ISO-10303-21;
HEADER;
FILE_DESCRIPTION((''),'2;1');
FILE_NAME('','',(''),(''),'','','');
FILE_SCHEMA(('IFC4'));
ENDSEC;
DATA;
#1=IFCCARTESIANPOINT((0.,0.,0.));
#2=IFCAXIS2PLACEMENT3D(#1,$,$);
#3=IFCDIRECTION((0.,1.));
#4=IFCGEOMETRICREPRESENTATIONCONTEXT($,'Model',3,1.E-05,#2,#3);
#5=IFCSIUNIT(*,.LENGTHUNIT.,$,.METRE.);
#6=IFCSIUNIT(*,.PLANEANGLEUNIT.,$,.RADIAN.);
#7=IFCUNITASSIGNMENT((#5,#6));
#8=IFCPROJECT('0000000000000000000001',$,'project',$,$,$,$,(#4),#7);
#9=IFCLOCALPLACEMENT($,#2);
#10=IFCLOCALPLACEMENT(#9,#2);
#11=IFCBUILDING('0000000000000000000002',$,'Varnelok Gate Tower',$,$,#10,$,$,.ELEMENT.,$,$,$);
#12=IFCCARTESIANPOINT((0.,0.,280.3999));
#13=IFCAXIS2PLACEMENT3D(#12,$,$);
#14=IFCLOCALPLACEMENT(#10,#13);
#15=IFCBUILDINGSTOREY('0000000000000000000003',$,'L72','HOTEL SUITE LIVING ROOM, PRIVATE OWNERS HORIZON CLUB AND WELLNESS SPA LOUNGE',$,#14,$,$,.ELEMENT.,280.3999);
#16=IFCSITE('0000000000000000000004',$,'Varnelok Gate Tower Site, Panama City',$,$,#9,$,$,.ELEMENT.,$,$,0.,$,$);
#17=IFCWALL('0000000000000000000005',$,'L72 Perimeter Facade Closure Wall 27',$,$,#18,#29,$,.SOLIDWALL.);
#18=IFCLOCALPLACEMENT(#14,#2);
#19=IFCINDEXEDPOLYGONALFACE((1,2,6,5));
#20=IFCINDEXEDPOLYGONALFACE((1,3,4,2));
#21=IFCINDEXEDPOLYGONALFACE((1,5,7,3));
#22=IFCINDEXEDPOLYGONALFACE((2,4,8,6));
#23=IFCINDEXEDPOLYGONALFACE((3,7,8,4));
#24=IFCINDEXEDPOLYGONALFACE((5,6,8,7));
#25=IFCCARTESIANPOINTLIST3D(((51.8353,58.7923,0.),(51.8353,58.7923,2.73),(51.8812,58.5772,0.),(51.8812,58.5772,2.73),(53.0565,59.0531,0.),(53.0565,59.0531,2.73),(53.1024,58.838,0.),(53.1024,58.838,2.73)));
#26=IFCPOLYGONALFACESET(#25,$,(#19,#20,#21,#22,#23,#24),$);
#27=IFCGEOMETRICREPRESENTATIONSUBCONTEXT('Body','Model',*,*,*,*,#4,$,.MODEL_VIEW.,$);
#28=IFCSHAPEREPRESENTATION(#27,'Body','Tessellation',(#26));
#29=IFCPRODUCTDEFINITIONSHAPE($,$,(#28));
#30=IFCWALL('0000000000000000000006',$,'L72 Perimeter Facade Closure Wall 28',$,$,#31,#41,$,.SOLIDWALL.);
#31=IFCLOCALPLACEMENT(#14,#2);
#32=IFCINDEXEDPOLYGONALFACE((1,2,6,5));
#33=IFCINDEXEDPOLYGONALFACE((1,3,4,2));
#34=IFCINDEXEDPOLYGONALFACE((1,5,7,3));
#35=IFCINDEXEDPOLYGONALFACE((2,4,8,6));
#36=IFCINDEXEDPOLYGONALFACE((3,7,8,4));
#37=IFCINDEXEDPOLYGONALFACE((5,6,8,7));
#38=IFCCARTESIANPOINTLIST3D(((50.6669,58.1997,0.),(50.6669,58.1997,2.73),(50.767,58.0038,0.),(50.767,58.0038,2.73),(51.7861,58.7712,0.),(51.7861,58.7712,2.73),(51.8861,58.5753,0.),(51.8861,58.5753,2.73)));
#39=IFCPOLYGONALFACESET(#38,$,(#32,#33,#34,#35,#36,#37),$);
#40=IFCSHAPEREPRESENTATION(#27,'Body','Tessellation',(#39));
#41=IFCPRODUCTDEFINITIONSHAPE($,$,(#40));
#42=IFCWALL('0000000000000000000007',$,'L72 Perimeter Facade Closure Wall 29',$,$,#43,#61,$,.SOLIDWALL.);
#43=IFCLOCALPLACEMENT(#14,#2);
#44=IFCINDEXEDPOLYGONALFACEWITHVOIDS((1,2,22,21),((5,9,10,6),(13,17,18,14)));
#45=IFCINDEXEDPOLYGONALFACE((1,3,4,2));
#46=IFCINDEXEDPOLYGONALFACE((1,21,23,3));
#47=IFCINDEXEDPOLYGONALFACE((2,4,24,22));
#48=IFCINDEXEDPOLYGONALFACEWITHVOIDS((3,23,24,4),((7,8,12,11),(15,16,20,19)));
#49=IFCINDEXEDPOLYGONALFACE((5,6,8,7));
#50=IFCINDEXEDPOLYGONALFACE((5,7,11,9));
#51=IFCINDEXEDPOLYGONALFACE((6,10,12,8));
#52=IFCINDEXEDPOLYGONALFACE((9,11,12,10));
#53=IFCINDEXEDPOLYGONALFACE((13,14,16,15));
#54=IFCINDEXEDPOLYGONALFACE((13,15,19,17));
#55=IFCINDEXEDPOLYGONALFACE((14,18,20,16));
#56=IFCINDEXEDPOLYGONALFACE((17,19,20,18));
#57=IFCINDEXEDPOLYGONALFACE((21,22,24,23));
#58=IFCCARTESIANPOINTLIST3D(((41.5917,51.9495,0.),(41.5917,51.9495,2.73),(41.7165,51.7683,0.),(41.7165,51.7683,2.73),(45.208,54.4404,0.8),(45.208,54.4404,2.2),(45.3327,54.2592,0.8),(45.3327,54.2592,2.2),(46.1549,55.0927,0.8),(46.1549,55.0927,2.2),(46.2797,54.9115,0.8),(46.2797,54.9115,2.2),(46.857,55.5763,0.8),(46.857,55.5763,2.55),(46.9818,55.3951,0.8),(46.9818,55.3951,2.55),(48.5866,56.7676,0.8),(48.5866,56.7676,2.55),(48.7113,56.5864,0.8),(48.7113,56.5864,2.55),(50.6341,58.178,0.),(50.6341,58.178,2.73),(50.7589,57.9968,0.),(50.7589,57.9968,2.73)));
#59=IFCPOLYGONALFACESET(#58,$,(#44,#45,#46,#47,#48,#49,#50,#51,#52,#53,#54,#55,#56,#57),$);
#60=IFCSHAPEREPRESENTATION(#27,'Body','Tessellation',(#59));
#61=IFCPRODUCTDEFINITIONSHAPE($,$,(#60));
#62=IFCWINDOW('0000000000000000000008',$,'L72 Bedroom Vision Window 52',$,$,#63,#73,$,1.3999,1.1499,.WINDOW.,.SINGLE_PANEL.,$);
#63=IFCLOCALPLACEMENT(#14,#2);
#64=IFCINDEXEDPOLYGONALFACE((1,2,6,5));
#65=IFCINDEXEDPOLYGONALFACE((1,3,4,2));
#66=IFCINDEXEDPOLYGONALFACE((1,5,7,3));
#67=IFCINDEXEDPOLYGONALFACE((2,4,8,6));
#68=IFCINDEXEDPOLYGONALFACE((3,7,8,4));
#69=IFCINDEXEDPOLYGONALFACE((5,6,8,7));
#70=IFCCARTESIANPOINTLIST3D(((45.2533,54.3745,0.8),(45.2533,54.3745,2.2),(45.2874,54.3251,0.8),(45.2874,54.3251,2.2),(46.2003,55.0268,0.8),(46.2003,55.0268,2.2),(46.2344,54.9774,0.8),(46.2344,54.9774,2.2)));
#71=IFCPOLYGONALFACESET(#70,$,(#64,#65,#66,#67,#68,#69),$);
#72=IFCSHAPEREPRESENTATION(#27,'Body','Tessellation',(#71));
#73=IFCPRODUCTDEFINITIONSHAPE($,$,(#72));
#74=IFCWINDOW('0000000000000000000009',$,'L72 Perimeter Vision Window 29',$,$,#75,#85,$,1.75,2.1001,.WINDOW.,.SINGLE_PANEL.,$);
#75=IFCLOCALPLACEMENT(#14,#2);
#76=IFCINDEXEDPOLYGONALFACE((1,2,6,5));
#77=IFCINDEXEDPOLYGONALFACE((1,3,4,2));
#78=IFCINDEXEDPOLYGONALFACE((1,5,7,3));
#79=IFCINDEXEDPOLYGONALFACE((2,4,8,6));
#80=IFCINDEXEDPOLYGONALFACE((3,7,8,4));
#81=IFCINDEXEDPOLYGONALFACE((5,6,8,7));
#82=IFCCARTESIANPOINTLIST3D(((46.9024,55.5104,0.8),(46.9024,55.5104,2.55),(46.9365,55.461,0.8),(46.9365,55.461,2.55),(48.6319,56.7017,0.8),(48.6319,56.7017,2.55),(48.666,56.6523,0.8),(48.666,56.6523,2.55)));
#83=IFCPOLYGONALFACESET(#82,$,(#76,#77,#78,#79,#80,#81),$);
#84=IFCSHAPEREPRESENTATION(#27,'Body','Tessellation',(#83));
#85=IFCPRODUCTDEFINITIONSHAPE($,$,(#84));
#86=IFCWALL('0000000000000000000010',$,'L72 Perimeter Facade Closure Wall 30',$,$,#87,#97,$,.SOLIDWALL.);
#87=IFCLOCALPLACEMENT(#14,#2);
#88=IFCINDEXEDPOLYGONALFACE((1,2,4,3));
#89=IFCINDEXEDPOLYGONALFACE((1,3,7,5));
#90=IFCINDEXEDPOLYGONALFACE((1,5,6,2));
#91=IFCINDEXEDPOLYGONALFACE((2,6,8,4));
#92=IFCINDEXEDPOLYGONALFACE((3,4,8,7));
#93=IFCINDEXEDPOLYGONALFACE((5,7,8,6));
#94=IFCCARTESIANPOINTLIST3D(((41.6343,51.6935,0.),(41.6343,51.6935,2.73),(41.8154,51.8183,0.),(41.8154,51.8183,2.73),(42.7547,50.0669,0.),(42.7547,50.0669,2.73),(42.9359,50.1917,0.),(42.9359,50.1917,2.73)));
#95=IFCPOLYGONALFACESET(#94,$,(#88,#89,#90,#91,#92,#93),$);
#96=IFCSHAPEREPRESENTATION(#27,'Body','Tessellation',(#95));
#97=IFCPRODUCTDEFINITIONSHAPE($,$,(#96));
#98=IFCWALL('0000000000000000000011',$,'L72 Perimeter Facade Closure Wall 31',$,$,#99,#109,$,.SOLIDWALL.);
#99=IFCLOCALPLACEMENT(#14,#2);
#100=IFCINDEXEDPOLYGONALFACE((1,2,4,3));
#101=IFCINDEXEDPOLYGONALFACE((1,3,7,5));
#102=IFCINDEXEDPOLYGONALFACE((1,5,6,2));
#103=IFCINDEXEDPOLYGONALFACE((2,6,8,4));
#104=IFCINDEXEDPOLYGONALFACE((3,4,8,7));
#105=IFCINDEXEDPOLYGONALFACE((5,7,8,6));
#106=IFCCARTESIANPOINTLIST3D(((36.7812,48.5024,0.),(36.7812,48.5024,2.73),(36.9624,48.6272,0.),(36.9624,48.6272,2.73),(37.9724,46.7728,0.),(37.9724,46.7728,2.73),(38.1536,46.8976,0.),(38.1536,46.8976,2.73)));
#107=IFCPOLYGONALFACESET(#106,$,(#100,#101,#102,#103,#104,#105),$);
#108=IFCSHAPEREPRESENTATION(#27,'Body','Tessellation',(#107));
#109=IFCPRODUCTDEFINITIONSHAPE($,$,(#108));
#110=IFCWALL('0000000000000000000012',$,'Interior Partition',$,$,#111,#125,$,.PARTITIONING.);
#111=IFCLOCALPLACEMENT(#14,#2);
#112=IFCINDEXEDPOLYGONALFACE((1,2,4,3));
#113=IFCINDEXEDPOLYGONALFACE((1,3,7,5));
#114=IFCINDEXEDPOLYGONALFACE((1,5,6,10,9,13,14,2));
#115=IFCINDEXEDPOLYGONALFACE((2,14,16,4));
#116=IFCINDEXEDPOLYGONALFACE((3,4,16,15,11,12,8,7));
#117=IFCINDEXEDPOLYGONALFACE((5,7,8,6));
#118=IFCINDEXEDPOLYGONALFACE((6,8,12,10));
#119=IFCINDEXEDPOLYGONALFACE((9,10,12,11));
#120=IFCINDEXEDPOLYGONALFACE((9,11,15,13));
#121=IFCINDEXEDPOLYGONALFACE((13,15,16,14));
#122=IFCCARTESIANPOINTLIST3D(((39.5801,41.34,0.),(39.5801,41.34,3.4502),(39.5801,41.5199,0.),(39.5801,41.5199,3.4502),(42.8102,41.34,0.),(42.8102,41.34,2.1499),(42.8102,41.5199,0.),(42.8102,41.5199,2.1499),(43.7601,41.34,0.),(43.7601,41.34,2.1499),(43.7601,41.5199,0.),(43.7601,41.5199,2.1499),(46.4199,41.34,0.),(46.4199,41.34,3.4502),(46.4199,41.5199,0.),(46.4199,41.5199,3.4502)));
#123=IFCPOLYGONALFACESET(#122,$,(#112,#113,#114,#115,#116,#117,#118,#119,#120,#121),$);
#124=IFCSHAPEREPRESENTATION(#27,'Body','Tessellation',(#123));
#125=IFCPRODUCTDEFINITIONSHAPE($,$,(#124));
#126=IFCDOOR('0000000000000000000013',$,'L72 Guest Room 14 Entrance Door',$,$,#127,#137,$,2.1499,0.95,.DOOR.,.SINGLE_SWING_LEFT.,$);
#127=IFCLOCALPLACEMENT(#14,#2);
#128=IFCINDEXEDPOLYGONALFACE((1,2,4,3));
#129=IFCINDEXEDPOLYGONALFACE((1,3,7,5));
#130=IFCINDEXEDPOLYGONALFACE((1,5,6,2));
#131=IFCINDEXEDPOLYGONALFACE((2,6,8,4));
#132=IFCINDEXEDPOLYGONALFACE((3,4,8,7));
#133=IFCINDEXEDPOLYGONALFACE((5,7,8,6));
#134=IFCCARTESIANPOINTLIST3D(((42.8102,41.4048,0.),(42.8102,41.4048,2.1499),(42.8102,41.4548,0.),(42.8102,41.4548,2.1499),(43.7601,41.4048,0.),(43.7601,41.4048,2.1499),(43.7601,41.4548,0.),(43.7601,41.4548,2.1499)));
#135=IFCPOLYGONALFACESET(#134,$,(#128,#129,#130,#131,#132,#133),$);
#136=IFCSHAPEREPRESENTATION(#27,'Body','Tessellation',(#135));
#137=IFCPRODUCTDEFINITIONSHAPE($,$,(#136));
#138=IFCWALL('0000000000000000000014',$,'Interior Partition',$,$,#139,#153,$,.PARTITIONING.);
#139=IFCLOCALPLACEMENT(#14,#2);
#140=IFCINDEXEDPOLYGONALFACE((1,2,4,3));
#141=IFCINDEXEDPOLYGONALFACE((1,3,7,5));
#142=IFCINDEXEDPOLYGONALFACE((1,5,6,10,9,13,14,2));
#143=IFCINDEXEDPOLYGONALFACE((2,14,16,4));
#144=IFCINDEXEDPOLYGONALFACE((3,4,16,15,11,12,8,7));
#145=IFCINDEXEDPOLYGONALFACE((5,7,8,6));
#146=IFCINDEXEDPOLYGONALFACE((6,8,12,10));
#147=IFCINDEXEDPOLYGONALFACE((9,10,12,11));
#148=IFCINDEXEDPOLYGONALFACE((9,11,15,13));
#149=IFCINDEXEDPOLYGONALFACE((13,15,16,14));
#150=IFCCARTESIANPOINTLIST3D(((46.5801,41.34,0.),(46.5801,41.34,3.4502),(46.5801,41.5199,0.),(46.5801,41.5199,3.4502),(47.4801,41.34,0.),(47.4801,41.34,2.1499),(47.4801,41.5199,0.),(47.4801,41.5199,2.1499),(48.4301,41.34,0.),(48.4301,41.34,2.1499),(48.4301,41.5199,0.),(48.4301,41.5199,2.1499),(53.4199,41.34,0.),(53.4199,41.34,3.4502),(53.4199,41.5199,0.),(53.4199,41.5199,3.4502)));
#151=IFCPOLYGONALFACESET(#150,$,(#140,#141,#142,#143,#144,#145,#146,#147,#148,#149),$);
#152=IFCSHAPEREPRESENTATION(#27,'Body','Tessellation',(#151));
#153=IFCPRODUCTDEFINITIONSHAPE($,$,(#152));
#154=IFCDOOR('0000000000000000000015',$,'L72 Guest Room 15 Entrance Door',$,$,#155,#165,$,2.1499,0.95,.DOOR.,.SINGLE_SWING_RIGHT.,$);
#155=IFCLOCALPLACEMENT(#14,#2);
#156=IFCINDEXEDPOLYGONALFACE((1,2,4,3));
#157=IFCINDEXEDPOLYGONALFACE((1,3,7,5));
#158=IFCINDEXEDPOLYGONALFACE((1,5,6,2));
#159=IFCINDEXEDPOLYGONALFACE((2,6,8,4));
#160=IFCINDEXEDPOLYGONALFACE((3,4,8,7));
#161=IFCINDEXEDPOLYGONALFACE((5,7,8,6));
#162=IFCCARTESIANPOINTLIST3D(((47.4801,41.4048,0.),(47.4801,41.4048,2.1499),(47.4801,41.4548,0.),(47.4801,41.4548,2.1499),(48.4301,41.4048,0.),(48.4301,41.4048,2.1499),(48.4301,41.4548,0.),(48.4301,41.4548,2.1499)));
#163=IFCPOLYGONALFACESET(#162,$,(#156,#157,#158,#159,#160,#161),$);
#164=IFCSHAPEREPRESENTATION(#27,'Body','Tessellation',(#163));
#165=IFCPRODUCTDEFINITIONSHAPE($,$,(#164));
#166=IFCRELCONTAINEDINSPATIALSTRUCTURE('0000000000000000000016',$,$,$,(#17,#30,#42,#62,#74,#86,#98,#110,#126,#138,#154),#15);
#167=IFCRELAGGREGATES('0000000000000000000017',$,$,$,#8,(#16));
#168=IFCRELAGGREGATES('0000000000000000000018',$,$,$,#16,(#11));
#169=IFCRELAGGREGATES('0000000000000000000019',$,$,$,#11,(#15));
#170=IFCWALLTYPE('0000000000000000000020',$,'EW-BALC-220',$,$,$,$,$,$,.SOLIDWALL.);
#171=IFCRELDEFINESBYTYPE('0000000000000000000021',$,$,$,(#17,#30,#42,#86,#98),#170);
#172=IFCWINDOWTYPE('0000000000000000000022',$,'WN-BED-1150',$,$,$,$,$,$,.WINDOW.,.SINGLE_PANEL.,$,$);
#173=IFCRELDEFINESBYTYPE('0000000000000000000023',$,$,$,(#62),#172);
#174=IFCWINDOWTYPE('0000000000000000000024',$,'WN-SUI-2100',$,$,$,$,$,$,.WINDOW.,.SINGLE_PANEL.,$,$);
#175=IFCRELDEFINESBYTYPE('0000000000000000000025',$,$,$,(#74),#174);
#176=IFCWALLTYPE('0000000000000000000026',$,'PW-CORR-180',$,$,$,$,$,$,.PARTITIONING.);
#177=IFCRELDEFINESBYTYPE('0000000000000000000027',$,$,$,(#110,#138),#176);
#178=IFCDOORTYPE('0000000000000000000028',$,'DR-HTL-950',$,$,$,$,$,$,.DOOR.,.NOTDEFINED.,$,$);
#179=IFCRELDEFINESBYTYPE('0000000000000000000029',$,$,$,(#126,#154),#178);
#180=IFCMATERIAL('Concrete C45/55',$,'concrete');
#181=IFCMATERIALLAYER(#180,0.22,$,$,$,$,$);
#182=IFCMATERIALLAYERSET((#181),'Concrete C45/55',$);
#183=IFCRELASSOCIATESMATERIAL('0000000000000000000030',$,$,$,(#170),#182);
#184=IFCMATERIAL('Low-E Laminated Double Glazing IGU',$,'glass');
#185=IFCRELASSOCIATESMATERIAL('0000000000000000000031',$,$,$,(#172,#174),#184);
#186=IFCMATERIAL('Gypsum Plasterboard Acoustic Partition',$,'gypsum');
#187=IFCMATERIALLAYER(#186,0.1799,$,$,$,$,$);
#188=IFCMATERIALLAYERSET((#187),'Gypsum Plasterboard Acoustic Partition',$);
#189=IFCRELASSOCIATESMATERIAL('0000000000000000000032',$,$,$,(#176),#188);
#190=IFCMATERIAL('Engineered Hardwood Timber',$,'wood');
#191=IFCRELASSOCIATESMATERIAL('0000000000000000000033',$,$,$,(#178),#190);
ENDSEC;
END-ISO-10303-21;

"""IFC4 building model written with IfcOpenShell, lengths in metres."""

from ifc_helpers import new_model, si_unit, direction, frame, frame_2d, origin, place, context, subcontext, project, spatial, rectangle, extrude, material, layer, layer_set, type_object, element, fill, save


model = new_model("IFC4")

# Units and contexts
model_context = context("Model", 3, precision=1e-05, world=origin(), true_north=direction((0.0, 1.0)))
body_context = subcontext(model_context, "Body", "Model", "MODEL_VIEW")
ifc_project = project(units=[si_unit("LENGTHUNIT", "METRE"), si_unit("PLANEANGLEUNIT", "RADIAN")], contexts=[model_context])

# Site, building, storey
site_placement = place(None, origin())
site = spatial("IfcSite", under=ifc_project, at=site_placement, Name="Varnelok Gate Tower Site, Panama City", CompositionType="ELEMENT", RefElevation=0.0)
building_placement = place(site_placement, origin())
building = spatial("IfcBuilding", under=site, at=building_placement, Name="Varnelok Gate Tower", CompositionType="ELEMENT")
storey_placement = place(building_placement, frame((0.0, 0.0, 280.3999)))
storey = spatial("IfcBuildingStorey", under=building, at=storey_placement, Name="L72", Description="HOTEL SUITE LIVING ROOM, PRIVATE OWNERS HORIZON CLUB AND WELLNESS SPA LOUNGE", CompositionType="ELEMENT", Elevation=280.3999)

# Shared definitions
ifc_material_1 = material(Name="Concrete C45/55", Category="concrete")
ifc_layer_1 = layer(ifc_material_1, 0.22)
ifc_layer_set_1 = layer_set([ifc_layer_1], Name="Concrete C45/55")
wall_type_1 = type_object("IfcWallType", Name="EW-BALC-220", PredefinedType="SOLIDWALL", material=ifc_layer_set_1)

# Walls
wall_1_placement = place(storey_placement, frame((53.0796, 58.9456, 0.0), z_axis=(0.0, 0.0, 1.0), x_axis=(-0.977957, -0.208808, 0.0)))
element("IfcWall", 1, at=wall_1_placement, inside=storey, type_object=wall_type_1, Name="L72 Perimeter Facade Closure Wall 27", PredefinedType="SOLIDWALL", context=body_context, shape_type="SweptSolid", body=[
    extrude(rectangle(XDim=1.2488, YDim=0.22, at=frame_2d((0.6245, 0.0))), origin(), (0.0, 0.0, 1.0), 2.73),
])
wall_2_placement = place(storey_placement, frame((51.8362, 58.6733, 0.0), z_axis=(0.0, 0.0, 1.0), x_axis=(-0.890587, -0.454813, 0.0)))
element("IfcWall", 2, at=wall_2_placement, inside=storey, type_object=wall_type_1, Name="L72 Perimeter Facade Closure Wall 28", PredefinedType="SOLIDWALL", context=body_context, shape_type="SweptSolid", body=[
    extrude(rectangle(XDim=1.2566, YDim=0.22, at=frame_2d((0.6284, 0.0))), origin(), (0.0, 0.0, 1.0), 2.73),
])

# Wall, openings, windows
wall_3_placement = place(storey_placement, frame((50.6965, 58.0874, 0.0), z_axis=(0.0, 0.0, 1.0), x_axis=(-0.823539, -0.567259, 0.0)))
wall_3 = element("IfcWall", 3, at=wall_3_placement, inside=storey, type_object=wall_type_1, Name="L72 Perimeter Facade Closure Wall 29", PredefinedType="SOLIDWALL", context=body_context, shape_type="SweptSolid", body=[
    extrude(rectangle(XDim=10.98, YDim=0.22, at=frame_2d((5.49, 0.0))), origin(), (0.0, 0.0, 1.0), 2.73),
])
opening_1_placement = place(wall_3_placement, frame((2.4863, 0.0, 0.8)))
opening_1 = element("IfcOpeningElement", 4, at=opening_1_placement, cuts=wall_3, PredefinedType="OPENING", context=body_context, shape_type="SweptSolid", body=[
    extrude(rectangle(XDim=2.1001, YDim=1.75, at=frame_2d((1.05, 0.875))), frame((0.0, 0.1199, 0.0), z_axis=(0.0, -1.0, 0.0), x_axis=(1.0, 0.0, 0.0)), (0.0, 0.0, 1.0), 0.24),
])
opening_2_placement = place(wall_3_placement, frame((5.439, 0.0, 0.8)))
opening_2 = element("IfcOpeningElement", 5, at=opening_2_placement, cuts=wall_3, PredefinedType="OPENING", context=body_context, shape_type="SweptSolid", body=[
    extrude(rectangle(XDim=1.1499, YDim=1.3999, at=frame_2d((0.575, 0.7))), frame((0.0, 0.1199, 0.0), z_axis=(0.0, -1.0, 0.0), x_axis=(1.0, 0.0, 0.0)), (0.0, 0.0, 1.0), 0.24),
])
ifc_material_2 = material(Name="Low-E Laminated Double Glazing IGU", Category="glass")
window_type_1 = type_object("IfcWindowType", Name="WN-BED-1150", PartitioningType="SINGLE_PANEL", PredefinedType="WINDOW", material=ifc_material_2)
window_1_placement = place(opening_2_placement, origin())
window_1 = element("IfcWindow", 6, at=window_1_placement, inside=storey, type_object=window_type_1, Name="L72 Bedroom Vision Window 52", OverallHeight=1.3999, OverallWidth=1.1499, PartitioningType="SINGLE_PANEL", PredefinedType="WINDOW", context=body_context, shape_type="SweptSolid", body=[
    extrude(rectangle(XDim=1.1499, YDim=1.3999, at=frame_2d((0.575, 0.7))), frame((0.0, 0.03, 0.0), z_axis=(0.0, -1.0, 0.0), x_axis=(1.0, 0.0, 0.0)), (0.0, 0.0, 1.0), 0.0601),
])
fill(opening_2, window_1)
window_type_2 = type_object("IfcWindowType", Name="WN-SUI-2100", PartitioningType="SINGLE_PANEL", PredefinedType="WINDOW", material=ifc_material_2)
window_2_placement = place(opening_1_placement, origin())
window_2 = element("IfcWindow", 7, at=window_2_placement, inside=storey, type_object=window_type_2, Name="L72 Perimeter Vision Window 29", OverallHeight=1.75, OverallWidth=2.1001, PartitioningType="SINGLE_PANEL", PredefinedType="WINDOW", context=body_context, shape_type="SweptSolid", body=[
    extrude(rectangle(XDim=2.1001, YDim=1.75, at=frame_2d((1.05, 0.875))), frame((0.0, 0.03, 0.0), z_axis=(0.0, -1.0, 0.0), x_axis=(1.0, 0.0, 0.0)), (0.0, 0.0, 1.0), 0.0601),
])
fill(opening_1, window_2)

# Walls
wall_4_placement = place(storey_placement, frame((41.7249, 51.7559, 0.0), z_axis=(0.0, 0.0, 1.0), x_axis=(0.567274, -0.823529, 0.0)))
element("IfcWall", 8, at=wall_4_placement, inside=storey, type_object=wall_type_1, Name="L72 Perimeter Facade Closure Wall 30", PredefinedType="SOLIDWALL", context=body_context, shape_type="SweptSolid", body=[
    extrude(rectangle(XDim=1.9751, YDim=0.22, at=frame_2d((0.9875, 0.0))), origin(), (0.0, 0.0, 1.0), 2.73),
])
wall_5_placement = place(storey_placement, frame((38.063, 46.8352, 0.0), z_axis=(0.0, 0.0, 1.0), x_axis=(-0.567219, 0.823567, 0.0)))
element("IfcWall", 9, at=wall_5_placement, inside=storey, type_object=wall_type_1, Name="L72 Perimeter Facade Closure Wall 31", PredefinedType="SOLIDWALL", context=body_context, shape_type="SweptSolid", body=[
    extrude(rectangle(XDim=2.1001, YDim=0.22, at=frame_2d((1.05, 0.0))), origin(), (0.0, 0.0, 1.0), 2.73),
])

# Walls, openings, doors
ifc_material_3 = material(Name="Gypsum Plasterboard Acoustic Partition", Category="gypsum")
ifc_layer_2 = layer(ifc_material_3, 0.1799)
ifc_layer_set_2 = layer_set([ifc_layer_2], Name="Gypsum Plasterboard Acoustic Partition")
wall_type_2 = type_object("IfcWallType", Name="PW-CORR-180", PredefinedType="PARTITIONING", material=ifc_layer_set_2)
wall_6_placement = place(storey_placement, frame((39.5801, 41.4299, 0.0), z_axis=(0.0, 0.0, 1.0), x_axis=(1.0, 0.0, 0.0)))
wall_6 = element("IfcWall", 10, at=wall_6_placement, inside=storey, type_object=wall_type_2, Name="Interior Partition", PredefinedType="PARTITIONING", context=body_context, shape_type="SweptSolid", body=[
    extrude(rectangle(XDim=6.8398, YDim=0.1799, at=frame_2d((3.4199, 0.0))), origin(), (0.0, 0.0, 1.0), 3.4502),
])
opening_3_placement = place(wall_6_placement, frame((3.23, 0.0, 0.0)))
opening_3 = element("IfcOpeningElement", 11, at=opening_3_placement, cuts=wall_6, PredefinedType="OPENING", context=body_context, shape_type="SweptSolid", body=[
    extrude(rectangle(XDim=0.95, YDim=2.1499, at=frame_2d((0.4751, 1.075))), frame((0.0, 0.0999, 0.0), z_axis=(0.0, -1.0, 0.0), x_axis=(1.0, 0.0, 0.0)), (0.0, 0.0, 1.0), 0.2),
])
ifc_material_4 = material(Name="Engineered Hardwood Timber", Category="wood")
door_type_1 = type_object("IfcDoorType", Name="DR-HTL-950", OperationType="NOTDEFINED", PredefinedType="DOOR", material=ifc_material_4)
door_1_placement = place(opening_3_placement, origin())
door_1 = element("IfcDoor", 12, at=door_1_placement, inside=storey, type_object=door_type_1, Name="L72 Guest Room 14 Entrance Door", OperationType="SINGLE_SWING_LEFT", OverallHeight=2.1499, OverallWidth=0.95, PredefinedType="DOOR", context=body_context, shape_type="SweptSolid", body=[
    extrude(rectangle(XDim=0.95, YDim=2.1499, at=frame_2d((0.4751, 1.075))), frame((0.0, 0.0249, 0.0), z_axis=(0.0, -1.0, 0.0), x_axis=(1.0, 0.0, 0.0)), (0.0, 0.0, 1.0), 0.05),
])
fill(opening_3, door_1)
wall_7_placement = place(storey_placement, frame((46.5801, 41.4299, 0.0), z_axis=(0.0, 0.0, 1.0), x_axis=(1.0, 0.0, 0.0)))
wall_7 = element("IfcWall", 13, at=wall_7_placement, inside=storey, type_object=wall_type_2, Name="Interior Partition", PredefinedType="PARTITIONING", context=body_context, shape_type="SweptSolid", body=[
    extrude(rectangle(XDim=6.8398, YDim=0.1799, at=frame_2d((3.4199, 0.0))), origin(), (0.0, 0.0, 1.0), 3.4502),
])
opening_4_placement = place(wall_7_placement, frame((0.8999, 0.0, 0.0)))
opening_4 = element("IfcOpeningElement", 14, at=opening_4_placement, cuts=wall_7, PredefinedType="OPENING", context=body_context, shape_type="SweptSolid", body=[
    extrude(rectangle(XDim=0.95, YDim=2.1499, at=frame_2d((0.4751, 1.075))), frame((0.0, 0.0999, 0.0), z_axis=(0.0, -1.0, 0.0), x_axis=(1.0, 0.0, 0.0)), (0.0, 0.0, 1.0), 0.2),
])
door_2_placement = place(opening_4_placement, origin())
door_2 = element("IfcDoor", 15, at=door_2_placement, inside=storey, type_object=door_type_1, Name="L72 Guest Room 15 Entrance Door", OperationType="SINGLE_SWING_RIGHT", OverallHeight=2.1499, OverallWidth=0.95, PredefinedType="DOOR", context=body_context, shape_type="SweptSolid", body=[
    extrude(rectangle(XDim=0.95, YDim=2.1499, at=frame_2d((0.4751, 1.075))), frame((0.0, 0.0249, 0.0), z_axis=(0.0, -1.0, 0.0), x_axis=(1.0, 0.0, 0.0)), (0.0, 0.0, 1.0), 0.05),
])
fill(opening_4, door_2)

save(model, "model.ifc")
